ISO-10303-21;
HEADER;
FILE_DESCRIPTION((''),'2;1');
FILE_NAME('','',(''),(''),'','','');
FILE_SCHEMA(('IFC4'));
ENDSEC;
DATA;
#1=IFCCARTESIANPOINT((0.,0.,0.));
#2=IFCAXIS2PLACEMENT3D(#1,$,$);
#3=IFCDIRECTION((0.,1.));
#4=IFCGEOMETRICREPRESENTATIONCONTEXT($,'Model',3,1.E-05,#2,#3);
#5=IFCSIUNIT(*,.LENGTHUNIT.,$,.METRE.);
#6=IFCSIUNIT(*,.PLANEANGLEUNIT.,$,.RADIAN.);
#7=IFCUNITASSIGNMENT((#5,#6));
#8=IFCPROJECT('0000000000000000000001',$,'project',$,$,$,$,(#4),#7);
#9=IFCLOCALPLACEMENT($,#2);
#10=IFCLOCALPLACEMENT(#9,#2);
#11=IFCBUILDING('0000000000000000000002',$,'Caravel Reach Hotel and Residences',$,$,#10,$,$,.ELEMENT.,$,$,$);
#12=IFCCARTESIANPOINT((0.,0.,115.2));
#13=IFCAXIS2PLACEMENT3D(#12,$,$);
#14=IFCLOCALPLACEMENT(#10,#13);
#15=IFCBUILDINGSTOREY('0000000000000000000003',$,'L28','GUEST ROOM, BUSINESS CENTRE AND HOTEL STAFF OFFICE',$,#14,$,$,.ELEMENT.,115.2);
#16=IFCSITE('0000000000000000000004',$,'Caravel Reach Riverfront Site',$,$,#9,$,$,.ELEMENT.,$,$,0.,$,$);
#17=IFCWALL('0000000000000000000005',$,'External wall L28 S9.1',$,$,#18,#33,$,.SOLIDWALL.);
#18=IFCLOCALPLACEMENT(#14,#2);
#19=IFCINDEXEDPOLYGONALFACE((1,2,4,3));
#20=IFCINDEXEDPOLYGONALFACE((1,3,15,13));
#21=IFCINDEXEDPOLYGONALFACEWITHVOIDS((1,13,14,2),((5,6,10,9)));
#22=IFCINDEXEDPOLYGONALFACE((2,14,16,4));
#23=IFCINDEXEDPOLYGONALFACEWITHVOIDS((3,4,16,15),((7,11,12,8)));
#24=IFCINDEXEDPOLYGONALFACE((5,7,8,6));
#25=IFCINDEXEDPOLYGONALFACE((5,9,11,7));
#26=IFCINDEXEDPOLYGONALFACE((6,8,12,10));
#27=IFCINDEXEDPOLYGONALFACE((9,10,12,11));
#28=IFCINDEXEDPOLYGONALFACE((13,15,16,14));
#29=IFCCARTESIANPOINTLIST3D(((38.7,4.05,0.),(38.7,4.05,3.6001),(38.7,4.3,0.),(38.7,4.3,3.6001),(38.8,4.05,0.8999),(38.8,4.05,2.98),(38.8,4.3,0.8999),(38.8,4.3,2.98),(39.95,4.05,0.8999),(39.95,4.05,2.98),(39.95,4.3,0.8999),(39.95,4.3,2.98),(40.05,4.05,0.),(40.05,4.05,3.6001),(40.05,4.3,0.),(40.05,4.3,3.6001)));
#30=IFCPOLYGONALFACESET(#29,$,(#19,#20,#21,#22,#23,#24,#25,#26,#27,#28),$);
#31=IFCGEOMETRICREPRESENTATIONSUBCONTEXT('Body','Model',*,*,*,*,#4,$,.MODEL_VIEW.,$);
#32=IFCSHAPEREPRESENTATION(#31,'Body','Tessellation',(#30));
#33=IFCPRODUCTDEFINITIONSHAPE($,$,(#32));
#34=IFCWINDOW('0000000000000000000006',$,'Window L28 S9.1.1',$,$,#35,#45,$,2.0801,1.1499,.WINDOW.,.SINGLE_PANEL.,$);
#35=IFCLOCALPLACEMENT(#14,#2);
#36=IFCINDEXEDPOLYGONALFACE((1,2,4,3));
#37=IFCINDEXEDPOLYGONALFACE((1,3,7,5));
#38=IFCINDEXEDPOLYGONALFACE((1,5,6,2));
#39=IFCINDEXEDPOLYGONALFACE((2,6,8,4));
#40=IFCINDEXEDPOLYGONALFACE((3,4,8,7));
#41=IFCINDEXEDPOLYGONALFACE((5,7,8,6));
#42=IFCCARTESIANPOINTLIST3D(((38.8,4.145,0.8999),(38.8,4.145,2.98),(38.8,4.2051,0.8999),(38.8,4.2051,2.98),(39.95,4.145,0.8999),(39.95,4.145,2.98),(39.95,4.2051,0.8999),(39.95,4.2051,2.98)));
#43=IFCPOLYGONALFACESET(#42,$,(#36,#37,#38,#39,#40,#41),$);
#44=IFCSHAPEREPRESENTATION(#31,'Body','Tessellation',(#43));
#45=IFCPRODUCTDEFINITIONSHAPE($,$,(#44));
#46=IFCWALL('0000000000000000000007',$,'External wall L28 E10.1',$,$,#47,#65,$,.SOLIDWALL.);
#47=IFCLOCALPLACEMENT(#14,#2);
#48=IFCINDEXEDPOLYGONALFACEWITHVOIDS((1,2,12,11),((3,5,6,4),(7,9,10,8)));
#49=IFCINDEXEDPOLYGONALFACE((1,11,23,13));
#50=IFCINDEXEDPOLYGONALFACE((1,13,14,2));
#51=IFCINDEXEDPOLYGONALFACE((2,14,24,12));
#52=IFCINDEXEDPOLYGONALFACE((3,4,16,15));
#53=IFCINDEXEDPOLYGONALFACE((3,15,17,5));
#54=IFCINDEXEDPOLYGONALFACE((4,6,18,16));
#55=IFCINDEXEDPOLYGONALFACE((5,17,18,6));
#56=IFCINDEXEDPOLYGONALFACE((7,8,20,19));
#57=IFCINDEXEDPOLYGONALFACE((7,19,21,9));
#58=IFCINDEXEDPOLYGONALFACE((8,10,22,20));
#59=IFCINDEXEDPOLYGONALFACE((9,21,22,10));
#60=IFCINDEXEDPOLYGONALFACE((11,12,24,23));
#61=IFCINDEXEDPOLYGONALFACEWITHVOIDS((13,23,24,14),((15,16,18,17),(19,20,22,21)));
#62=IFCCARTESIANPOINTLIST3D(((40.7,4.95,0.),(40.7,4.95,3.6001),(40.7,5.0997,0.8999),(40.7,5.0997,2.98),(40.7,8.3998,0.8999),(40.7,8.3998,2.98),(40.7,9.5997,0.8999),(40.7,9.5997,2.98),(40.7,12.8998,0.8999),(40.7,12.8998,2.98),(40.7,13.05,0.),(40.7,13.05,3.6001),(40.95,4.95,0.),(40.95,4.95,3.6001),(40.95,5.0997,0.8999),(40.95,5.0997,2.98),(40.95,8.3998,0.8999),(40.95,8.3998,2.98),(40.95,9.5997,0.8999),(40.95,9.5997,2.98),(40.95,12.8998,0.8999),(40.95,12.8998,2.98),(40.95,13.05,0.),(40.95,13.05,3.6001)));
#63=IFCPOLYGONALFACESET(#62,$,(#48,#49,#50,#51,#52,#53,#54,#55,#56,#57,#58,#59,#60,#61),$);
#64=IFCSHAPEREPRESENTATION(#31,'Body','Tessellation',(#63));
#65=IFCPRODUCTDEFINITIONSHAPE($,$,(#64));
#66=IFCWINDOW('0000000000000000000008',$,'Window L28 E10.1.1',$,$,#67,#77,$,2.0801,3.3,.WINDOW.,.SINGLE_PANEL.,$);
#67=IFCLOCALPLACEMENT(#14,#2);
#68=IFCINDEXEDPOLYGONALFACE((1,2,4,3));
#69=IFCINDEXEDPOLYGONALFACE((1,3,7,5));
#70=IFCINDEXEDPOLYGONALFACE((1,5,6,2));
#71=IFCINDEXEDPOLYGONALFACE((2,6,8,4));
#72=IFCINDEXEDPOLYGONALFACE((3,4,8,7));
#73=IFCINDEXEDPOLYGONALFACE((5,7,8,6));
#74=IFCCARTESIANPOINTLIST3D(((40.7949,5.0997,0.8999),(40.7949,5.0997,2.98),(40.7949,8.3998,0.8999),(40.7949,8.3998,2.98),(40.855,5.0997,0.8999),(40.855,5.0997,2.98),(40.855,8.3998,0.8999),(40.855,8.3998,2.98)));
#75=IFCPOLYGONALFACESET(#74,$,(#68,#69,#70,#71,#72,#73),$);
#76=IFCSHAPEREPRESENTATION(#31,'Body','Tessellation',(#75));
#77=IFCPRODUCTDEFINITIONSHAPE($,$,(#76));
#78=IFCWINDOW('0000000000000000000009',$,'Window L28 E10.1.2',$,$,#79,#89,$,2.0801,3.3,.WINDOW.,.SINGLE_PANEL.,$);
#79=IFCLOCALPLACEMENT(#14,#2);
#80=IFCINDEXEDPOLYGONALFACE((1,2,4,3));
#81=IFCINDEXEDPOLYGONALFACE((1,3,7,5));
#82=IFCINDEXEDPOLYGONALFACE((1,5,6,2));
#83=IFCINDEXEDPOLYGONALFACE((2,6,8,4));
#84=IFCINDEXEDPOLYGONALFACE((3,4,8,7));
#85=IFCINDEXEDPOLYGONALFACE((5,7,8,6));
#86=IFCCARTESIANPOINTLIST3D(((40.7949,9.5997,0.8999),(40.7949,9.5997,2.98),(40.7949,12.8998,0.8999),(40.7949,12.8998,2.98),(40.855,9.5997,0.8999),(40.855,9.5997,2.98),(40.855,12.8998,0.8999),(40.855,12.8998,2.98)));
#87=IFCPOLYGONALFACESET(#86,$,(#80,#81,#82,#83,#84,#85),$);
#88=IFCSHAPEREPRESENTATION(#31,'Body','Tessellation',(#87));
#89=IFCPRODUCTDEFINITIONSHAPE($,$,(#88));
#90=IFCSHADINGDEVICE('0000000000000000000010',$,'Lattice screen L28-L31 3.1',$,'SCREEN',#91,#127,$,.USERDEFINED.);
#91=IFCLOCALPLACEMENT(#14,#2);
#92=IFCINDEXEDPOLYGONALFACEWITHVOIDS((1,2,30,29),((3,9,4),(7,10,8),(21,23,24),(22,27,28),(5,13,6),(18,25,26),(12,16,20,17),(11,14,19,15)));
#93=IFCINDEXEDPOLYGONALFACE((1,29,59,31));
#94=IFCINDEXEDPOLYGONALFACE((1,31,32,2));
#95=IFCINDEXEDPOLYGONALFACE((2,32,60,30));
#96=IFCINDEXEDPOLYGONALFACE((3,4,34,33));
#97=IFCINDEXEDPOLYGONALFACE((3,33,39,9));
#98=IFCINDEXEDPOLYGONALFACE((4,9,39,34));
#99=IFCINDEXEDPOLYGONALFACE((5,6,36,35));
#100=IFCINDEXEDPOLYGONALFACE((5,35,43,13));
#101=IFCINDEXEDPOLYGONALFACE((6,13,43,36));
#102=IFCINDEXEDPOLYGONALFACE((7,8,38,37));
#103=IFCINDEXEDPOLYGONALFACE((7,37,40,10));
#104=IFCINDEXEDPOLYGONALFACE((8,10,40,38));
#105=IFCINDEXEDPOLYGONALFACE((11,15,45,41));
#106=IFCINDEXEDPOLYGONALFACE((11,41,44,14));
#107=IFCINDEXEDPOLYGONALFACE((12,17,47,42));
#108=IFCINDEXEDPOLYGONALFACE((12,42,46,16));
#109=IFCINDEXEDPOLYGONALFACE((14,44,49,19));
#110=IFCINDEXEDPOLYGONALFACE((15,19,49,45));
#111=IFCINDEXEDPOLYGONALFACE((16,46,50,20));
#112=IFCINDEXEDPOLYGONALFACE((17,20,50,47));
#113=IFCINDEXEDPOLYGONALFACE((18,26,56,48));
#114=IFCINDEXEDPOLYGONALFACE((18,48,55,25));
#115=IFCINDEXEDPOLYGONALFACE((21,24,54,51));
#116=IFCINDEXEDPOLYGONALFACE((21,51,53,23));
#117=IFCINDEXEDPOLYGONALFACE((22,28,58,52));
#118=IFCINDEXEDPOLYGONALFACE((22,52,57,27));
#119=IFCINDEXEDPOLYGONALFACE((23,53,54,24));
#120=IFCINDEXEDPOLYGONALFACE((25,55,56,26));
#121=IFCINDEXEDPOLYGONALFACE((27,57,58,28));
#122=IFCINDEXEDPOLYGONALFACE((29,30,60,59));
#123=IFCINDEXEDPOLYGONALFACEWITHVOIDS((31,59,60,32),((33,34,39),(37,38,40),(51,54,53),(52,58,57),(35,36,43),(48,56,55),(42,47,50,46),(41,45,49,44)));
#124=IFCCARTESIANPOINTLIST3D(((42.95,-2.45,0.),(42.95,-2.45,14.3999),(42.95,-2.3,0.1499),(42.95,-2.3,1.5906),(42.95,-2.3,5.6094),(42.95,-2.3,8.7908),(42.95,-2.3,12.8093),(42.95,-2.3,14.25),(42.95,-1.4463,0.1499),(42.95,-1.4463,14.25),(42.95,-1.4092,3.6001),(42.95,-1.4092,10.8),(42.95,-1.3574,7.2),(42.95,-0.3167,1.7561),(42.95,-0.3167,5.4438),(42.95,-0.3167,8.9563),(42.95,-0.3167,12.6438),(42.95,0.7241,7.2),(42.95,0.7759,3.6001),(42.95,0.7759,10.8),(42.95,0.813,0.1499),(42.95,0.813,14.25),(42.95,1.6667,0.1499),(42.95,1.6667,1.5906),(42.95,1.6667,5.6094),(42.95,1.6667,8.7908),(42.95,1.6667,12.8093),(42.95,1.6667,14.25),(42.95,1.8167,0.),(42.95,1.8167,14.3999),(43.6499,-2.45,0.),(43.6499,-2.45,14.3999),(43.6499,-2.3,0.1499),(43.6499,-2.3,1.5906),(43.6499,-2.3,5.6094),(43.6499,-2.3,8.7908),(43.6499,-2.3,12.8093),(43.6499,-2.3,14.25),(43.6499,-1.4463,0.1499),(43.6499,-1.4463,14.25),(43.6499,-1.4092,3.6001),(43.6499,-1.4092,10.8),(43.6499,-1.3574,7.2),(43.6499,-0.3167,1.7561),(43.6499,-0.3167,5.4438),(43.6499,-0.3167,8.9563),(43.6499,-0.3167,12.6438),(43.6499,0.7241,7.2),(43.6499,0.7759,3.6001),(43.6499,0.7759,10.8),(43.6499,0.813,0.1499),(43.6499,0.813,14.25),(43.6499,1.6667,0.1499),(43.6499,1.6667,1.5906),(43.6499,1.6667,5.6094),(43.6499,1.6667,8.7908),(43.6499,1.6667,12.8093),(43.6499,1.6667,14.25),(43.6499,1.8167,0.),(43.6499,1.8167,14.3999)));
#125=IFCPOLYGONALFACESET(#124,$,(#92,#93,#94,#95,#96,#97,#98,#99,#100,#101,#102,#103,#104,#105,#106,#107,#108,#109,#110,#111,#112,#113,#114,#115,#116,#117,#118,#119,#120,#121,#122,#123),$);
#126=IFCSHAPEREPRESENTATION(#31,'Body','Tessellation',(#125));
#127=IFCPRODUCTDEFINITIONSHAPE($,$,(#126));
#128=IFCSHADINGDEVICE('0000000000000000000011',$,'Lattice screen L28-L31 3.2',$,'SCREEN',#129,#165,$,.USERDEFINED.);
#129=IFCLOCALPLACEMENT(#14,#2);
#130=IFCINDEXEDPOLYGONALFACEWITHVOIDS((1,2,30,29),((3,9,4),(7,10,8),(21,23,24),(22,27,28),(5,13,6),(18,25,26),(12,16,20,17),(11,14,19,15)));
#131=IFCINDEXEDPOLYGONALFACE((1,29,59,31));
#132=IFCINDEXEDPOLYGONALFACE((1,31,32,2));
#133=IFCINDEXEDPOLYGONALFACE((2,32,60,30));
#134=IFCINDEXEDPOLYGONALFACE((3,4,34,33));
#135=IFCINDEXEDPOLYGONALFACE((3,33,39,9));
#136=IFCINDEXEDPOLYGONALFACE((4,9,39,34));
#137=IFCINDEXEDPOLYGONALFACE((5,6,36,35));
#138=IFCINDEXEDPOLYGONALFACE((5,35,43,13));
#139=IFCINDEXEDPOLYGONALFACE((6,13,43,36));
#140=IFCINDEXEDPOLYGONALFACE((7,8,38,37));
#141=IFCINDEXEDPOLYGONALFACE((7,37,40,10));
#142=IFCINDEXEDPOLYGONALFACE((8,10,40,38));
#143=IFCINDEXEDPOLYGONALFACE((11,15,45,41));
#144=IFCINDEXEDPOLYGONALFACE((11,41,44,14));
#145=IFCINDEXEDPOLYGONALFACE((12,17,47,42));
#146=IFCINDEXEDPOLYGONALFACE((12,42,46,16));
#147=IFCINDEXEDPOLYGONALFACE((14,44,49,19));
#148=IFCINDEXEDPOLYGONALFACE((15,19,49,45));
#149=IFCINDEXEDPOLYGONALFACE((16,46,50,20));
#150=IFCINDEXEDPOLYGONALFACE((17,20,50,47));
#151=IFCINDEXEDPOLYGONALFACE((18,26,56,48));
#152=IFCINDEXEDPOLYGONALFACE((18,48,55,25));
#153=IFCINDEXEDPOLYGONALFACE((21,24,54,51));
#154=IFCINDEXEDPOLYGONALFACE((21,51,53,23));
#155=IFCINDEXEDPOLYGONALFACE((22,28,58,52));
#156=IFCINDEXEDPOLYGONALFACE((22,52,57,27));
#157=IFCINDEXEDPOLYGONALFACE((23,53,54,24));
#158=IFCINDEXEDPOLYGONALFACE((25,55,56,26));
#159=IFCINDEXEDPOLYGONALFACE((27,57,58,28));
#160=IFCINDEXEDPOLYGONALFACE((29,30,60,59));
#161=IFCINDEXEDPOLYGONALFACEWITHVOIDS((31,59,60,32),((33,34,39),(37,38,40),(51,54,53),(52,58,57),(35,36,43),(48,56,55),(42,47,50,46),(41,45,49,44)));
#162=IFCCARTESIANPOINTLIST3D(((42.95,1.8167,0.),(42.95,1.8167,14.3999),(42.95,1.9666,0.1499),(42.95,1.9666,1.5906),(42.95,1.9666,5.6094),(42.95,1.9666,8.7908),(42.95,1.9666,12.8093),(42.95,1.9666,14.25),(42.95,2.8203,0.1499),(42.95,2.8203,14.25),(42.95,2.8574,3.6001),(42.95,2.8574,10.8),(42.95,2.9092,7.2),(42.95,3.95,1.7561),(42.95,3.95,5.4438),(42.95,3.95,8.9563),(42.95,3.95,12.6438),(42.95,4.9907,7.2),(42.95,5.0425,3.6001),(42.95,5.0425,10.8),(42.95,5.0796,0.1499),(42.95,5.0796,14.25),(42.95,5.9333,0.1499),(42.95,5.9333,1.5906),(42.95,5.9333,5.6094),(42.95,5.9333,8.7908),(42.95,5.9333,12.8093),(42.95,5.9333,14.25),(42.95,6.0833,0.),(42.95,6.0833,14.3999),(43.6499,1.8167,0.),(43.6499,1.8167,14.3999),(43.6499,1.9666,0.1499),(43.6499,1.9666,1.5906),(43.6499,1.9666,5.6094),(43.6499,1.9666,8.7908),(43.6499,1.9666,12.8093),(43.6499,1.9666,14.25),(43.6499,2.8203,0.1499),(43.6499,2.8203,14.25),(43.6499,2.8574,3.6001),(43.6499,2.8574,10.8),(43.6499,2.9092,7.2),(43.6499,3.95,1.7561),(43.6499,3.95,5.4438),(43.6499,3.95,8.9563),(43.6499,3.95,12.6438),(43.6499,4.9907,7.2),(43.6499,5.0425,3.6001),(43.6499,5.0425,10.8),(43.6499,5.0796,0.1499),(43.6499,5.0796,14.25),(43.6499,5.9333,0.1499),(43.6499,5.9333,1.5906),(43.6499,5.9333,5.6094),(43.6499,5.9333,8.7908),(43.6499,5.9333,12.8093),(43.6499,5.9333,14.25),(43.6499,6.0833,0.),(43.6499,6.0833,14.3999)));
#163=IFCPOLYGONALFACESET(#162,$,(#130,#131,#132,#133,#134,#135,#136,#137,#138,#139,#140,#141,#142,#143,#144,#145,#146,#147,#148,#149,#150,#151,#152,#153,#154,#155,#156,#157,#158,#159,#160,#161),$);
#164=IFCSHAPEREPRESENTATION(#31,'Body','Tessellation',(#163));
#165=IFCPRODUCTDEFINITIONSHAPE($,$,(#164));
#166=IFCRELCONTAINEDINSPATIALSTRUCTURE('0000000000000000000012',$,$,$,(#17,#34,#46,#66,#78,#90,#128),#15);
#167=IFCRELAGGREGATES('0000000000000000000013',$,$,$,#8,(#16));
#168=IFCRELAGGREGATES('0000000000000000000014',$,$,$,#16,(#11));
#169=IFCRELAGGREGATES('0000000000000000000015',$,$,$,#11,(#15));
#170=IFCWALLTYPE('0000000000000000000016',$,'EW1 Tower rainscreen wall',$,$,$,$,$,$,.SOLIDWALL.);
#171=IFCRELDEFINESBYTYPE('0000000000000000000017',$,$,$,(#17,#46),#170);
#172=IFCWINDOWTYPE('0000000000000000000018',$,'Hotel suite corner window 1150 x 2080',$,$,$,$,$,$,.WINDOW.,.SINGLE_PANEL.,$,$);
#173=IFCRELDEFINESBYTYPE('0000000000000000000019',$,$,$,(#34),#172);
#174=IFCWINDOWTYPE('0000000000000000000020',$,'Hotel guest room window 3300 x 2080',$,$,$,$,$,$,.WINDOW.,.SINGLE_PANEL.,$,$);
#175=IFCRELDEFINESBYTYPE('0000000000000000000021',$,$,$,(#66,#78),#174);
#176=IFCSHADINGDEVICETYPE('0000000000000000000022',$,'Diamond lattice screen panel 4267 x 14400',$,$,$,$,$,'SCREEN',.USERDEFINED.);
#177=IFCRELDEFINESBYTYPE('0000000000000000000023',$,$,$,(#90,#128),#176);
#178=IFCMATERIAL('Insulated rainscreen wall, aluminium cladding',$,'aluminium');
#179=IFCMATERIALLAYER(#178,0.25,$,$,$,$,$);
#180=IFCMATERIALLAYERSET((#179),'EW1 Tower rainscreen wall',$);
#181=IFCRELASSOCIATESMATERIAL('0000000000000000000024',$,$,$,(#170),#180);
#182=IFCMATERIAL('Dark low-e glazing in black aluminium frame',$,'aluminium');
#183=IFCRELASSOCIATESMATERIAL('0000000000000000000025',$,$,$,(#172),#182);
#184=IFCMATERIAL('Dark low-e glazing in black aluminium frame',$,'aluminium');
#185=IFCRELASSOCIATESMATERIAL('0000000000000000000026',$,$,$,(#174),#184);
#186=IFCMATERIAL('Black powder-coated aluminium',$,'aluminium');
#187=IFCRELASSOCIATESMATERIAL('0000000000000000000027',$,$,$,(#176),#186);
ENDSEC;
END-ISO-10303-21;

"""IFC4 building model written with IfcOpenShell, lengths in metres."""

from ifc_helpers import new_model, si_unit, direction, frame, frame_2d, origin, place, context, subcontext, project, spatial, polyline, rectangle, outline, extrude, material, layer, layer_set, type_object, element, fill, save


model = new_model("IFC4")

# Units and contexts
model_context = context("Model", 3, precision=1e-05, world=origin(), true_north=direction((0.0, 1.0)))
body_context = subcontext(model_context, "Body", "Model", "MODEL_VIEW")
ifc_project = project(units=[si_unit("LENGTHUNIT", "METRE"), si_unit("PLANEANGLEUNIT", "RADIAN")], contexts=[model_context])

# Site, building, storey
site_placement = place(None, origin())
site = spatial("IfcSite", under=ifc_project, at=site_placement, Name="Caravel Reach Riverfront Site", CompositionType="ELEMENT", RefElevation=0.0)
building_placement = place(site_placement, origin())
building = spatial("IfcBuilding", under=site, at=building_placement, Name="Caravel Reach Hotel and Residences", CompositionType="ELEMENT")
storey_placement = place(building_placement, frame((0.0, 0.0, 115.2)))
storey = spatial("IfcBuildingStorey", under=building, at=storey_placement, Name="L28", Description="GUEST ROOM, BUSINESS CENTRE AND HOTEL STAFF OFFICE", CompositionType="ELEMENT", Elevation=115.2)

# Wall, opening, window
ifc_material_1 = material(Name="Insulated rainscreen wall, aluminium cladding", Category="aluminium")
ifc_layer = layer(ifc_material_1, 0.25)
ifc_layer_set = layer_set([ifc_layer], Name="EW1 Tower rainscreen wall")
wall_type = type_object("IfcWallType", Name="EW1 Tower rainscreen wall", PredefinedType="SOLIDWALL", material=ifc_layer_set)
ifc_material_2 = material(Name="Dark low-e glazing in black aluminium frame", Category="aluminium")
window_type_1 = type_object("IfcWindowType", Name="Hotel suite corner window 1150 x 2080", PartitioningType="SINGLE_PANEL", PredefinedType="WINDOW", material=ifc_material_2)
wall_1_placement = place(storey_placement, frame((38.7, 4.175, 0.0), z_axis=(0.0, 0.0, 1.0), x_axis=(1.0, 0.0, 0.0)))
wall_1 = element("IfcWall", 1, at=wall_1_placement, inside=storey, type_object=wall_type, Name="External wall L28 S9.1", PredefinedType="SOLIDWALL", context=body_context, shape_type="SweptSolid", body=[
    extrude(rectangle(XDim=1.3501, YDim=0.25, at=frame_2d((0.675, 0.0))), origin(), (0.0, 0.0, 1.0), 3.6001),
])
opening_1_placement = place(wall_1_placement, frame((0.1001, 0.0, 0.8999)))
opening_1 = element("IfcOpeningElement", 2, at=opening_1_placement, cuts=wall_1, PredefinedType="OPENING", context=body_context, shape_type="SweptSolid", body=[
    extrude(rectangle(XDim=1.1499, YDim=2.0801, at=frame_2d((0.575, 1.04))), frame((0.0, 0.135, 0.0), z_axis=(0.0, -1.0, 0.0), x_axis=(1.0, 0.0, 0.0)), (0.0, 0.0, 1.0), 0.27),
])
window_1_placement = place(opening_1_placement, origin())
window_1 = element("IfcWindow", 3, at=window_1_placement, inside=storey, type_object=window_type_1, Name="Window L28 S9.1.1", OverallHeight=2.0801, OverallWidth=1.1499, PartitioningType="SINGLE_PANEL", PredefinedType="WINDOW", context=body_context, shape_type="SweptSolid", body=[
    extrude(rectangle(XDim=1.1499, YDim=2.0801, at=frame_2d((0.575, 1.04))), frame((0.0, 0.03, 0.0), z_axis=(0.0, -1.0, 0.0), x_axis=(1.0, 0.0, 0.0)), (0.0, 0.0, 1.0), 0.0601),
])
fill(opening_1, window_1)

# Wall, openings, windows
wall_2_placement = place(storey_placement, frame((40.825, 4.95, 0.0), z_axis=(0.0, 0.0, 1.0), x_axis=(0.0, 1.0, 0.0)))
wall_2 = element("IfcWall", 4, at=wall_2_placement, inside=storey, type_object=wall_type, Name="External wall L28 E10.1", PredefinedType="SOLIDWALL", context=body_context, shape_type="SweptSolid", body=[
    extrude(rectangle(XDim=8.1001, YDim=0.25, at=frame_2d((4.05, 0.0))), origin(), (0.0, 0.0, 1.0), 3.6001),
])
opening_2_placement = place(wall_2_placement, frame((0.1499, 0.0, 0.8999)))
opening_2 = element("IfcOpeningElement", 5, at=opening_2_placement, cuts=wall_2, PredefinedType="OPENING", context=body_context, shape_type="SweptSolid", body=[
    extrude(rectangle(XDim=3.3, YDim=2.0801, at=frame_2d((1.6499, 1.04))), frame((0.0, 0.135, 0.0), z_axis=(0.0, -1.0, 0.0), x_axis=(1.0, 0.0, 0.0)), (0.0, 0.0, 1.0), 0.27),
])
opening_3_placement = place(wall_2_placement, frame((4.6499, 0.0, 0.8999)))
opening_3 = element("IfcOpeningElement", 6, at=opening_3_placement, cuts=wall_2, PredefinedType="OPENING", context=body_context, shape_type="SweptSolid", body=[
    extrude(rectangle(XDim=3.3, YDim=2.0801, at=frame_2d((1.6499, 1.04))), frame((0.0, 0.135, 0.0), z_axis=(0.0, -1.0, 0.0), x_axis=(1.0, 0.0, 0.0)), (0.0, 0.0, 1.0), 0.27),
])
ifc_material_3 = material(Name="Dark low-e glazing in black aluminium frame", Category="aluminium")
window_type_2 = type_object("IfcWindowType", Name="Hotel guest room window 3300 x 2080", PartitioningType="SINGLE_PANEL", PredefinedType="WINDOW", material=ifc_material_3)
window_2_placement = place(opening_2_placement, origin())
window_2 = element("IfcWindow", 7, at=window_2_placement, inside=storey, type_object=window_type_2, Name="Window L28 E10.1.1", OverallHeight=2.0801, OverallWidth=3.3, PartitioningType="SINGLE_PANEL", PredefinedType="WINDOW", context=body_context, shape_type="SweptSolid", body=[
    extrude(rectangle(XDim=3.3, YDim=2.0801, at=frame_2d((1.6499, 1.04))), frame((0.0, 0.03, 0.0), z_axis=(0.0, -1.0, 0.0), x_axis=(1.0, 0.0, 0.0)), (0.0, 0.0, 1.0), 0.0601),
])
fill(opening_2, window_2)
window_3_placement = place(opening_3_placement, origin())
window_3 = element("IfcWindow", 8, at=window_3_placement, inside=storey, type_object=window_type_2, Name="Window L28 E10.1.2", OverallHeight=2.0801, OverallWidth=3.3, PartitioningType="SINGLE_PANEL", PredefinedType="WINDOW", context=body_context, shape_type="SweptSolid", body=[
    extrude(rectangle(XDim=3.3, YDim=2.0801, at=frame_2d((1.6499, 1.04))), frame((0.0, 0.03, 0.0), z_axis=(0.0, -1.0, 0.0), x_axis=(1.0, 0.0, 0.0)), (0.0, 0.0, 1.0), 0.0601),
])
fill(opening_3, window_3)

# Shading devices
ifc_material_4 = material(Name="Black powder-coated aluminium", Category="aluminium")
shading_device_type = type_object("IfcShadingDeviceType", Name="Diamond lattice screen panel 4267 x 14400", ElementType="SCREEN", PredefinedType="USERDEFINED", material=ifc_material_4)
for number, where, z_axis, x_axis, name in (
    (9, (42.95, -2.45, 0.0), (1.0, 0.0, 0.0), (0.0, 1.0, 0.0), "Lattice screen L28-L31 3.1"),
    (10, (42.95, 1.8167, 0.0), (1.0, 0.0, 0.0), (0.0, 1.0, 0.0), "Lattice screen L28-L31 3.2"),
):
    element("IfcShadingDevice", number, at=place(storey_placement, frame(where, z_axis=z_axis, x_axis=x_axis)), inside=storey, type_object=shading_device_type, Name=name, ObjectType="SCREEN", PredefinedType="USERDEFINED", context=body_context, shape_type="SweptSolid", body=[
        extrude(outline(polyline([(0.0, 0.0), (4.2666, 0.0), (4.2666, 14.3999), (0.0, 14.3999), (0.0, 0.0)]), holes=[polyline([(1.0037, 0.1499), (0.1499, 1.5906), (0.1499, 0.1499), (1.0037, 0.1499)]), polyline([(1.0925, 7.2), (0.1499, 8.7908), (0.1499, 5.6094), (1.0925, 7.2)]), polyline([(0.1499, 12.8093), (1.0037, 14.25), (0.1499, 14.25), (0.1499, 12.8093)]), polyline([(2.1333, 5.4438), (1.0408, 3.6001), (2.1333, 1.7561), (3.2258, 3.6001), (2.1333, 5.4438)]), polyline([(2.1333, 12.6438), (1.0408, 10.8), (2.1333, 8.9563), (3.2258, 10.8), (2.1333, 12.6438)]), polyline([(4.1167, 1.5906), (3.2629, 0.1499), (4.1167, 0.1499), (4.1167, 1.5906)]), polyline([(3.1741, 7.2), (4.1167, 5.6094), (4.1167, 8.7908), (3.1741, 7.2)]), polyline([(3.2629, 14.25), (4.1167, 12.8093), (4.1167, 14.25), (3.2629, 14.25)])]), origin(), (0.0, 0.0, 1.0), 0.7),
    ])

save(model, "model.ifc")
